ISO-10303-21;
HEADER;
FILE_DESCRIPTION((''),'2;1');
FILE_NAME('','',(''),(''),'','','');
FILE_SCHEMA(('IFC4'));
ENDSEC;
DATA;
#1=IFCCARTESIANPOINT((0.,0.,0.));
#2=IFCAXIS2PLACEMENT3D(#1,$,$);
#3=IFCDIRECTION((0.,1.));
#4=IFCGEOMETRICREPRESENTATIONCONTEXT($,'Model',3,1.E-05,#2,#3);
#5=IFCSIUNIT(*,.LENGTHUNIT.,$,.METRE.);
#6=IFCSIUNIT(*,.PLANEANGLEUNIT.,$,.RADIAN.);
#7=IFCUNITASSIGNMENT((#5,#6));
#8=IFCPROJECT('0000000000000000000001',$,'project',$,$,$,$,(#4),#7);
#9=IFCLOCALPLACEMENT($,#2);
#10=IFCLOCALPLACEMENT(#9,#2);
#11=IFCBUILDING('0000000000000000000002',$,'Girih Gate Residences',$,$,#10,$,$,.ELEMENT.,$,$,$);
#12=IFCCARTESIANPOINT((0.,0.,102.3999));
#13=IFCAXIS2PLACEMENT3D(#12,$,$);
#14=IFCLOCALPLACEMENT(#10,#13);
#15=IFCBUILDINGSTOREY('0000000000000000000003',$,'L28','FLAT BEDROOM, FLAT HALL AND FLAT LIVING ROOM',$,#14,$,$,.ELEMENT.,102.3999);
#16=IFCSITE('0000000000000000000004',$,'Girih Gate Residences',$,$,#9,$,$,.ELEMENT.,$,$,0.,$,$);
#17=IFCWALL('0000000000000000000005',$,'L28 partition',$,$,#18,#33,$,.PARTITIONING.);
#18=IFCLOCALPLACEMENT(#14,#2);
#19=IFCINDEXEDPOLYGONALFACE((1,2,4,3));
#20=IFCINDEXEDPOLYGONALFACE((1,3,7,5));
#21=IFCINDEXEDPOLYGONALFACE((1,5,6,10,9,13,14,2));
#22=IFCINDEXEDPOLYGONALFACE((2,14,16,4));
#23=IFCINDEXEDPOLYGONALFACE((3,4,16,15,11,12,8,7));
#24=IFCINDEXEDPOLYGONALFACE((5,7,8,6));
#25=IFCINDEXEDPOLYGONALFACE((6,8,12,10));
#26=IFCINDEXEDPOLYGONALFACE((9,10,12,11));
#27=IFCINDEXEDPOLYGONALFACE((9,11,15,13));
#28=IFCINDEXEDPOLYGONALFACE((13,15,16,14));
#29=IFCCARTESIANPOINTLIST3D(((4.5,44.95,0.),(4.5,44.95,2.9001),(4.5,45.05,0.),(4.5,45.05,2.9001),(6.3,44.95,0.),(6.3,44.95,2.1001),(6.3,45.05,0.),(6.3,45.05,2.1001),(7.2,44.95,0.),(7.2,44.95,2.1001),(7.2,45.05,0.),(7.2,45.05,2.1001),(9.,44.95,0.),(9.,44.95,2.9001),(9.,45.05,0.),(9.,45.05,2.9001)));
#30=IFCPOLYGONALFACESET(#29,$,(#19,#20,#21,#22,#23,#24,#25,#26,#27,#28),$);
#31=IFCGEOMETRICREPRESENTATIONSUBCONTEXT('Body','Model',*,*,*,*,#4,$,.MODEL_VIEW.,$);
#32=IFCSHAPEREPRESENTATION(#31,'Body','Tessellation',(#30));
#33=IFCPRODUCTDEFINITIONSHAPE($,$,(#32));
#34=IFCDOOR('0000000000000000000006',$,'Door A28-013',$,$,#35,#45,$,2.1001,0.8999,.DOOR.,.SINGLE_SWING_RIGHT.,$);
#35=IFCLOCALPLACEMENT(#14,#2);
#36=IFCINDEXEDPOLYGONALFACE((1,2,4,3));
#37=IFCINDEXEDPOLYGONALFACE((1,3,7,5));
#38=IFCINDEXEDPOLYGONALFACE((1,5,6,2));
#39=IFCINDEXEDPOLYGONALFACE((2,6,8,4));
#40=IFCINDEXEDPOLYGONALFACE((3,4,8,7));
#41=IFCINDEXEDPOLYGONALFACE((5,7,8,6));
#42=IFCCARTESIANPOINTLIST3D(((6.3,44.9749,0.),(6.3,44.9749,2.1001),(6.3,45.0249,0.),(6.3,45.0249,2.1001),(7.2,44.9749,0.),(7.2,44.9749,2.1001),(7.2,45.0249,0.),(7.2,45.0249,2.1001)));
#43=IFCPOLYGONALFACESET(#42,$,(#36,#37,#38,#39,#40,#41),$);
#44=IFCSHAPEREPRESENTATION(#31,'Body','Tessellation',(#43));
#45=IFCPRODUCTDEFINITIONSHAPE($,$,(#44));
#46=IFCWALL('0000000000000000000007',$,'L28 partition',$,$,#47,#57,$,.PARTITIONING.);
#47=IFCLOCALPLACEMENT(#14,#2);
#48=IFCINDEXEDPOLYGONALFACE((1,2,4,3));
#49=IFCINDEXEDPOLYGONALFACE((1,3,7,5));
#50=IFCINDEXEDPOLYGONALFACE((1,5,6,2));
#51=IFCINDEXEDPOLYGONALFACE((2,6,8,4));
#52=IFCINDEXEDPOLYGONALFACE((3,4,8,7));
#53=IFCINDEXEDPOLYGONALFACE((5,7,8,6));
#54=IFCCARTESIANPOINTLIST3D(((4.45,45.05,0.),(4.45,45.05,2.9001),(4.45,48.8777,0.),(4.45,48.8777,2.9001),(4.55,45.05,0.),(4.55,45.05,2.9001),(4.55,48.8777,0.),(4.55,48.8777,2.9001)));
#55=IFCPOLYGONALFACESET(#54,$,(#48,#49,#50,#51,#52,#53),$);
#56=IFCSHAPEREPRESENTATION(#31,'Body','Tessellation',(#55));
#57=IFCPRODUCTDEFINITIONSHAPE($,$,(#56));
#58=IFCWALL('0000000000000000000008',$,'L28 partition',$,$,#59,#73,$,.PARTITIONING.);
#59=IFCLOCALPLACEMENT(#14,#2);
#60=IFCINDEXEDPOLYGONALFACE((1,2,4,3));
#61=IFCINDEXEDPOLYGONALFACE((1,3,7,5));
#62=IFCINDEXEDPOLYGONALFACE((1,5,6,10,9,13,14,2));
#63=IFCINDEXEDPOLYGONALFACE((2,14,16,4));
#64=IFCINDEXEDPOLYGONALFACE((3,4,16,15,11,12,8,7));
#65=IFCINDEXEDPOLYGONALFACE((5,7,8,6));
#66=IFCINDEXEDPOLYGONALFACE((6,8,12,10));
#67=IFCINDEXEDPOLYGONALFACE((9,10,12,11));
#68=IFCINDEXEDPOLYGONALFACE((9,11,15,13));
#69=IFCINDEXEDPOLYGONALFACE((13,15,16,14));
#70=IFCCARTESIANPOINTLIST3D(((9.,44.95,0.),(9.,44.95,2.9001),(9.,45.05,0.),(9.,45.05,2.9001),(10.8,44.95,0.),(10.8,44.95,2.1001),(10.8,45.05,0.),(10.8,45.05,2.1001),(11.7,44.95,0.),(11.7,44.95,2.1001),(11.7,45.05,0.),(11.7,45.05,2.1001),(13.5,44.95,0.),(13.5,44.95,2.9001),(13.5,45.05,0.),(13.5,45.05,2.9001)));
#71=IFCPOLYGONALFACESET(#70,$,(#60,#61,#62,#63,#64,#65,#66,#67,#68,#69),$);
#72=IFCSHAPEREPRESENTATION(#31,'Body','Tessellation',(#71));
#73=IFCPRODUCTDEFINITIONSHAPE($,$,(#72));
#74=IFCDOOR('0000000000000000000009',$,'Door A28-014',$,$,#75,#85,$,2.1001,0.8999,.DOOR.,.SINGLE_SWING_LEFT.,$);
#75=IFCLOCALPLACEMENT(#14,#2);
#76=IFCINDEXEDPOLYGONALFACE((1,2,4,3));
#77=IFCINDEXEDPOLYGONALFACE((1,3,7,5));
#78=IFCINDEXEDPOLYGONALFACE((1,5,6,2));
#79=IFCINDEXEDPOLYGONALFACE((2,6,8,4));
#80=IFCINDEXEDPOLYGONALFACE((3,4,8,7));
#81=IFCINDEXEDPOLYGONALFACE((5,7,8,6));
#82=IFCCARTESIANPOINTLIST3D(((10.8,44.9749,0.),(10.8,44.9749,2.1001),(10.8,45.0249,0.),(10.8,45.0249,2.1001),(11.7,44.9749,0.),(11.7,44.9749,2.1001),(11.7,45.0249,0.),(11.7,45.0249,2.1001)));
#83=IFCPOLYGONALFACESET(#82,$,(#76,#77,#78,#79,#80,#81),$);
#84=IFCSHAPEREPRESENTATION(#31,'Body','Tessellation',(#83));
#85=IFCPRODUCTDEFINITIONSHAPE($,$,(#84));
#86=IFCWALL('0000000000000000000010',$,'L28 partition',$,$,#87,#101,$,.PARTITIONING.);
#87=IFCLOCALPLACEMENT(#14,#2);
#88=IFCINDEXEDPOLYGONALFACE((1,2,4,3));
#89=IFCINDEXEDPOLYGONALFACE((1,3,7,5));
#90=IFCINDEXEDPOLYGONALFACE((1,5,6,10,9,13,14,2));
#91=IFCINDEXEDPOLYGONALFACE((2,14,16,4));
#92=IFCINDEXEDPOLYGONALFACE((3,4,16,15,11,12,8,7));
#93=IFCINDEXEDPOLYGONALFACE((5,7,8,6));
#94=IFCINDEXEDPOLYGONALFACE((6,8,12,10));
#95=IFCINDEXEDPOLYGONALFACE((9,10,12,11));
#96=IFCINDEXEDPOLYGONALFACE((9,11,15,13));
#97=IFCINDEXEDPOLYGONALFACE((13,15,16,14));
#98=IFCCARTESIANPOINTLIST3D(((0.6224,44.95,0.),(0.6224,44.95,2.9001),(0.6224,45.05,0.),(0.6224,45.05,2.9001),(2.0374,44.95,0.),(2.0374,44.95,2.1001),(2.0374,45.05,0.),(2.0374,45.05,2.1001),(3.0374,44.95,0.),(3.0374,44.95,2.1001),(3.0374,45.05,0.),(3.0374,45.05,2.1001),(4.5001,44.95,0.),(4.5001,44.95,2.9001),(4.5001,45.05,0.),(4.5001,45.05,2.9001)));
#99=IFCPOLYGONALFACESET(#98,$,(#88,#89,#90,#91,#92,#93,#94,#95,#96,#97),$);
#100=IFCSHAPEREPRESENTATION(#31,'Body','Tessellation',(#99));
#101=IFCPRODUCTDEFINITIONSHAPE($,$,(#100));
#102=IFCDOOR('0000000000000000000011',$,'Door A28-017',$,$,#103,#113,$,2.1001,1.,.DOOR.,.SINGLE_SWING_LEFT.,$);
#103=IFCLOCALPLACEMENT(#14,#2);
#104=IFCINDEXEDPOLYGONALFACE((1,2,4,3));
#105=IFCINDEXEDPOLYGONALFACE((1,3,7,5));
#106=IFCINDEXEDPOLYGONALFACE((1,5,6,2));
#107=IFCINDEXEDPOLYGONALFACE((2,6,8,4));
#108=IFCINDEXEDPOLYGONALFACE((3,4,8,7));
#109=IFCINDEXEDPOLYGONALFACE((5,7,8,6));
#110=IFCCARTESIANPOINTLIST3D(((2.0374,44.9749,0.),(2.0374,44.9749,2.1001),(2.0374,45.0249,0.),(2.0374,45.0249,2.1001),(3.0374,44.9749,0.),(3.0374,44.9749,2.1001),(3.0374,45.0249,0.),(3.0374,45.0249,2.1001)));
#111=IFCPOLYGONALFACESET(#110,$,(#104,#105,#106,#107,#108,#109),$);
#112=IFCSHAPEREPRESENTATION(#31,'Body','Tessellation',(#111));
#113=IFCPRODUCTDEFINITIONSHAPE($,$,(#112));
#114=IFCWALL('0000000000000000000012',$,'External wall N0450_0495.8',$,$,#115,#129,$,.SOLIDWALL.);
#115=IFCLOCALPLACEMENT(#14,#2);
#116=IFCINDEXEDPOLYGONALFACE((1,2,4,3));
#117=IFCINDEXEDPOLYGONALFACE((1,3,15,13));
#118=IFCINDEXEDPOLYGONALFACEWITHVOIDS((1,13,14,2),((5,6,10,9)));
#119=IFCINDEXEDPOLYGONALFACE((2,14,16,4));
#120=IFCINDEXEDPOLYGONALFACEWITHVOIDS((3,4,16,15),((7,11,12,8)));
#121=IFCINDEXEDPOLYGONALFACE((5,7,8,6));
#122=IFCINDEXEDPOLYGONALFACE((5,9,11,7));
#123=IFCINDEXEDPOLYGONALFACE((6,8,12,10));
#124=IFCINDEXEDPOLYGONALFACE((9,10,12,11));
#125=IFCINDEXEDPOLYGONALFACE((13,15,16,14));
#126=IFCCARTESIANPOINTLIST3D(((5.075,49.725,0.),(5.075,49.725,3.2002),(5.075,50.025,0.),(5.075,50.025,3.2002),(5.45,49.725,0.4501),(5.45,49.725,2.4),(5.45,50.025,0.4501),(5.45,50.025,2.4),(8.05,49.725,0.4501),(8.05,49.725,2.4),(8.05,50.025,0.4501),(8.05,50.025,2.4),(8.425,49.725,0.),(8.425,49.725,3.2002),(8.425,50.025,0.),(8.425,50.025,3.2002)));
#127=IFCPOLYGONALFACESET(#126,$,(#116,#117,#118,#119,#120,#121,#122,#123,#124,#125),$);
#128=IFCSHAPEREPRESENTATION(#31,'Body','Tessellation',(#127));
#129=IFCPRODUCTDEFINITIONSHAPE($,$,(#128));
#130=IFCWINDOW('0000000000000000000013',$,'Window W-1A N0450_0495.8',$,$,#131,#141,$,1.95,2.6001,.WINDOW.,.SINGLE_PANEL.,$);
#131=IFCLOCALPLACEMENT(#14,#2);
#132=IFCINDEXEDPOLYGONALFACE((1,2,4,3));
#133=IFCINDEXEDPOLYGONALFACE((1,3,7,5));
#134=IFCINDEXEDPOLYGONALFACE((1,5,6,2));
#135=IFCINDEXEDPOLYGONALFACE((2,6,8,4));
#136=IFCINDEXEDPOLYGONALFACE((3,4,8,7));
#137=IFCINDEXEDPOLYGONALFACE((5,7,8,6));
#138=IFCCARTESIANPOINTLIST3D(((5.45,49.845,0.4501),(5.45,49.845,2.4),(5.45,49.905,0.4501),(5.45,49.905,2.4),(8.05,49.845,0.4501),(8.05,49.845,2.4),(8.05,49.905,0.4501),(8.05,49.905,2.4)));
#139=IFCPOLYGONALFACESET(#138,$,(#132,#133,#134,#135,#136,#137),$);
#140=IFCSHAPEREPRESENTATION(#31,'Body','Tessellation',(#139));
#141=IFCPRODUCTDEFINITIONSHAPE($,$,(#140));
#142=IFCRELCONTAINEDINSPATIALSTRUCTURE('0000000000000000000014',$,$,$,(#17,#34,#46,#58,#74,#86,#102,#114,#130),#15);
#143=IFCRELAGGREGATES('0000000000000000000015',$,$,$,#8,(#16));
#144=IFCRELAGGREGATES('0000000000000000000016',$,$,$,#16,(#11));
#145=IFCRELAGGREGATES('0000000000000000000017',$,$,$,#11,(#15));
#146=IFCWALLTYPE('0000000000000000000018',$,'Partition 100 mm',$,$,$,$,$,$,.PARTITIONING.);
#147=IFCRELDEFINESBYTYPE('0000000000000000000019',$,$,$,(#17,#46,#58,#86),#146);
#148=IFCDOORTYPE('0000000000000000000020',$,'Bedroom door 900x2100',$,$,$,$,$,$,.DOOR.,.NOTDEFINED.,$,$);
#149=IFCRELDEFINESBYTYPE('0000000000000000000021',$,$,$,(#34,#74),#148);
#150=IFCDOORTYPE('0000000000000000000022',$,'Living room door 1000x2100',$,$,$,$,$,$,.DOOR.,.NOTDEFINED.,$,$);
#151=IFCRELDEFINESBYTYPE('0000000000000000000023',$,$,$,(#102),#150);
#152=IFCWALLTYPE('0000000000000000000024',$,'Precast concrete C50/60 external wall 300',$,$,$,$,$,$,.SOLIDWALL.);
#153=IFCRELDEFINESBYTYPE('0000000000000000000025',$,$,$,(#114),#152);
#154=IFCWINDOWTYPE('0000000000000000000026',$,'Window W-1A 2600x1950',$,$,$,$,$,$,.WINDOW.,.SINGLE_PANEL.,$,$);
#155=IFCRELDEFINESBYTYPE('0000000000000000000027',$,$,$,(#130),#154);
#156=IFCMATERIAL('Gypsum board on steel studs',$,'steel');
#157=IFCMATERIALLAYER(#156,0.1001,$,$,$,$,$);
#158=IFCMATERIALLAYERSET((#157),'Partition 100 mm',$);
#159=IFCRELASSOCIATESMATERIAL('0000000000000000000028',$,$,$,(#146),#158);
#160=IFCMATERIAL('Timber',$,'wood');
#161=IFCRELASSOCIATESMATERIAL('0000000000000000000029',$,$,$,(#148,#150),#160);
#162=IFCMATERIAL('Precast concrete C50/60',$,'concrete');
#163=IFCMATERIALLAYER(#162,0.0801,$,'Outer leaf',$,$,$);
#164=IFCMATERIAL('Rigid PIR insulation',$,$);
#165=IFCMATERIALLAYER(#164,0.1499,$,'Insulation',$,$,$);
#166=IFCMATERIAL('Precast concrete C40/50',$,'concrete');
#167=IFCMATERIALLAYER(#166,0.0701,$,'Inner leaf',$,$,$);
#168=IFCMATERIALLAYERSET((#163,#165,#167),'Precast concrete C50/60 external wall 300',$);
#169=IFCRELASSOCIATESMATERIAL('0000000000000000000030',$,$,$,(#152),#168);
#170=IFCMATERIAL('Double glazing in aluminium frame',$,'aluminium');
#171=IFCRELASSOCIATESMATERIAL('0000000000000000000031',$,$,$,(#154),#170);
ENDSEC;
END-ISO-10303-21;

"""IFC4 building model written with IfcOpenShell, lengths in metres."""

from ifc_helpers import new_model, si_unit, direction, frame, frame_2d, origin, place, context, subcontext, project, spatial, rectangle, extrude, material, layer, layer_set, type_object, element, fill, save


model = new_model("IFC4")

# Units and contexts
model_context = context("Model", 3, precision=1e-05, world=origin(), true_north=direction((0.0, 1.0)))
body_context = subcontext(model_context, "Body", "Model", "MODEL_VIEW")
ifc_project = project(units=[si_unit("LENGTHUNIT", "METRE"), si_unit("PLANEANGLEUNIT", "RADIAN")], contexts=[model_context])

# Site, building, storey
site_placement = place(None, origin())
site = spatial("IfcSite", under=ifc_project, at=site_placement, Name="Girih Gate Residences", CompositionType="ELEMENT", RefElevation=0.0)
building_placement = place(site_placement, origin())
building = spatial("IfcBuilding", under=site, at=building_placement, Name="Girih Gate Residences", CompositionType="ELEMENT")
storey_placement = place(building_placement, frame((0.0, 0.0, 102.3999)))
storey = spatial("IfcBuildingStorey", under=building, at=storey_placement, Name="L28", Description="FLAT BEDROOM, FLAT HALL AND FLAT LIVING ROOM", CompositionType="ELEMENT", Elevation=102.3999)

# Shared definitions
ifc_material_1 = material(Name="Gypsum board on steel studs", Category="steel")

# Shared definitions
ifc_layer_1 = layer(ifc_material_1, 0.1001)
ifc_layer_set_1 = layer_set([ifc_layer_1], Name="Partition 100 mm")
wall_type_1 = type_object("IfcWallType", Name="Partition 100 mm", PredefinedType="PARTITIONING", material=ifc_layer_set_1)

# Wall, opening, door
wall_1_placement = place(storey_placement, frame((4.5, 45.0, 0.0), z_axis=(0.0, 0.0, 1.0), x_axis=(1.0, 0.0, 0.0)))
wall_1 = element("IfcWall", 1, at=wall_1_placement, inside=storey, type_object=wall_type_1, Name="L28 partition", PredefinedType="PARTITIONING", context=body_context, shape_type="SweptSolid", body=[
    extrude(rectangle(XDim=4.5, YDim=0.1001, at=frame_2d((2.25, 0.0))), origin(), (0.0, 0.0, 1.0), 2.9001),
])
opening_1_placement = place(wall_1_placement, frame((1.8, 0.0, 0.0)))
opening_1 = element("IfcOpeningElement", 2, at=opening_1_placement, cuts=wall_1, PredefinedType="OPENING", context=body_context, shape_type="SweptSolid", body=[
    extrude(rectangle(XDim=0.8999, YDim=2.1001, at=frame_2d((0.45, 1.05))), frame((0.0, 0.0601, 0.0), z_axis=(0.0, -1.0, 0.0), x_axis=(1.0, 0.0, 0.0)), (0.0, 0.0, 1.0), 0.1201),
])
ifc_material_2 = material(Name="Timber", Category="wood")
door_type_1 = type_object("IfcDoorType", Name="Bedroom door 900x2100", OperationType="NOTDEFINED", PredefinedType="DOOR", material=ifc_material_2)
door_1_placement = place(opening_1_placement, origin())
door_1 = element("IfcDoor", 3, at=door_1_placement, inside=storey, type_object=door_type_1, Name="Door A28-013", OperationType="SINGLE_SWING_RIGHT", OverallHeight=2.1001, OverallWidth=0.8999, PredefinedType="DOOR", context=body_context, shape_type="SweptSolid", body=[
    extrude(rectangle(XDim=0.8999, YDim=2.1001, at=frame_2d((0.45, 1.05))), frame((0.0, 0.0249, 0.0), z_axis=(0.0, -1.0, 0.0), x_axis=(1.0, 0.0, 0.0)), (0.0, 0.0, 1.0), 0.05),
])
fill(opening_1, door_1)

# Wall
wall_2_placement = place(storey_placement, frame((4.5, 45.05, 0.0), z_axis=(0.0, 0.0, 1.0), x_axis=(0.0, 1.0, 0.0)))
element("IfcWall", 4, at=wall_2_placement, inside=storey, type_object=wall_type_1, Name="L28 partition", PredefinedType="PARTITIONING", context=body_context, shape_type="SweptSolid", body=[
    extrude(rectangle(XDim=3.8276, YDim=0.1001, at=frame_2d((1.9138, 0.0))), origin(), (0.0, 0.0, 1.0), 2.9001),
])

# Walls, openings, doors
wall_3_placement = place(storey_placement, frame((9.0, 45.0, 0.0), z_axis=(0.0, 0.0, 1.0), x_axis=(1.0, 0.0, 0.0)))
wall_3 = element("IfcWall", 5, at=wall_3_placement, inside=storey, type_object=wall_type_1, Name="L28 partition", PredefinedType="PARTITIONING", context=body_context, shape_type="SweptSolid", body=[
    extrude(rectangle(XDim=4.5, YDim=0.1001, at=frame_2d((2.25, 0.0))), origin(), (0.0, 0.0, 1.0), 2.9001),
])
opening_2_placement = place(wall_3_placement, frame((1.8, 0.0, 0.0)))
opening_2 = element("IfcOpeningElement", 6, at=opening_2_placement, cuts=wall_3, PredefinedType="OPENING", context=body_context, shape_type="SweptSolid", body=[
    extrude(rectangle(XDim=0.8999, YDim=2.1001, at=frame_2d((0.45, 1.05))), frame((0.0, 0.0601, 0.0), z_axis=(0.0, -1.0, 0.0), x_axis=(1.0, 0.0, 0.0)), (0.0, 0.0, 1.0), 0.1201),
])
door_2_placement = place(opening_2_placement, origin())
door_2 = element("IfcDoor", 7, at=door_2_placement, inside=storey, type_object=door_type_1, Name="Door A28-014", OperationType="SINGLE_SWING_LEFT", OverallHeight=2.1001, OverallWidth=0.8999, PredefinedType="DOOR", context=body_context, shape_type="SweptSolid", body=[
    extrude(rectangle(XDim=0.8999, YDim=2.1001, at=frame_2d((0.45, 1.05))), frame((0.0, 0.0249, 0.0), z_axis=(0.0, -1.0, 0.0), x_axis=(1.0, 0.0, 0.0)), (0.0, 0.0, 1.0), 0.05),
])
fill(opening_2, door_2)
wall_4_placement = place(storey_placement, frame((0.6223, 45.0, 0.0), z_axis=(0.0, 0.0, 1.0), x_axis=(1.0, 0.0, 0.0)))
wall_4 = element("IfcWall", 8, at=wall_4_placement, inside=storey, type_object=wall_type_1, Name="L28 partition", PredefinedType="PARTITIONING", context=body_context, shape_type="SweptSolid", body=[
    extrude(rectangle(XDim=3.8777, YDim=0.1001, at=frame_2d((1.939, 0.0))), origin(), (0.0, 0.0, 1.0), 2.9001),
])
opening_3_placement = place(wall_4_placement, frame((1.415, 0.0, 0.0)))
opening_3 = element("IfcOpeningElement", 9, at=opening_3_placement, cuts=wall_4, PredefinedType="OPENING", context=body_context, shape_type="SweptSolid", body=[
    extrude(rectangle(XDim=1.0, YDim=2.1001, at=frame_2d((0.5, 1.05))), frame((0.0, 0.0601, 0.0), z_axis=(0.0, -1.0, 0.0), x_axis=(1.0, 0.0, 0.0)), (0.0, 0.0, 1.0), 0.1201),
])
door_type_2 = type_object("IfcDoorType", Name="Living room door 1000x2100", OperationType="NOTDEFINED", PredefinedType="DOOR", material=ifc_material_2)
door_3_placement = place(opening_3_placement, origin())
door_3 = element("IfcDoor", 10, at=door_3_placement, inside=storey, type_object=door_type_2, Name="Door A28-017", OperationType="SINGLE_SWING_LEFT", OverallHeight=2.1001, OverallWidth=1.0, PredefinedType="DOOR", context=body_context, shape_type="SweptSolid", body=[
    extrude(rectangle(XDim=1.0, YDim=2.1001, at=frame_2d((0.5, 1.05))), frame((0.0, 0.0249, 0.0), z_axis=(0.0, -1.0, 0.0), x_axis=(1.0, 0.0, 0.0)), (0.0, 0.0, 1.0), 0.05),
])
fill(opening_3, door_3)

# Wall, opening, window
ifc_material_3 = material(Name="Precast concrete C50/60", Category="concrete")
ifc_layer_2 = layer(ifc_material_3, 0.0801, Name="Outer leaf")
ifc_material_4 = material(Name="Rigid PIR insulation")
ifc_layer_3 = layer(ifc_material_4, 0.1499, Name="Insulation")
ifc_material_5 = material(Name="Precast concrete C40/50", Category="concrete")
ifc_layer_4 = layer(ifc_material_5, 0.0701, Name="Inner leaf")
ifc_layer_set_2 = layer_set([ifc_layer_2, ifc_layer_3, ifc_layer_4], Name="Precast concrete C50/60 external wall 300")
wall_type_2 = type_object("IfcWallType", Name="Precast concrete C50/60 external wall 300", PredefinedType="SOLIDWALL", material=ifc_layer_set_2)
wall_5_placement = place(storey_placement, frame((5.075, 49.875, 0.0), z_axis=(0.0, 0.0, 1.0), x_axis=(1.0, 0.0, 0.0)))
wall_5 = element("IfcWall", 11, at=wall_5_placement, inside=storey, type_object=wall_type_2, Name="External wall N0450_0495.8", PredefinedType="SOLIDWALL", context=body_context, shape_type="SweptSolid", body=[
    extrude(rectangle(XDim=3.3501, YDim=0.3, at=frame_2d((1.675, 0.0))), origin(), (0.0, 0.0, 1.0), 3.2002),
])
opening_4_placement = place(wall_5_placement, frame((0.375, 0.0, 0.45)))
opening_4 = element("IfcOpeningElement", 12, at=opening_4_placement, cuts=wall_5, PredefinedType="OPENING", context=body_context, shape_type="SweptSolid", body=[
    extrude(rectangle(XDim=2.6001, YDim=1.95, at=frame_2d((1.3, 0.9751))), frame((0.0, 0.1599, 0.0), z_axis=(0.0, -1.0, 0.0), x_axis=(1.0, 0.0, 0.0)), (0.0, 0.0, 1.0), 0.3201),
])
ifc_material_6 = material(Name="Double glazing in aluminium frame", Category="aluminium")
window_type_1 = type_object("IfcWindowType", Name="Window W-1A 2600x1950", PartitioningType="SINGLE_PANEL", PredefinedType="WINDOW", material=ifc_material_6)
window_1_placement = place(opening_4_placement, origin())
window_1 = element("IfcWindow", 13, at=window_1_placement, inside=storey, type_object=window_type_1, Name="Window W-1A N0450_0495.8", OverallHeight=1.95, OverallWidth=2.6001, PartitioningType="SINGLE_PANEL", PredefinedType="WINDOW", context=body_context, shape_type="SweptSolid", body=[
    extrude(rectangle(XDim=2.6001, YDim=1.95, at=frame_2d((1.3, 0.9751))), frame((0.0, 0.03, 0.0), z_axis=(0.0, -1.0, 0.0), x_axis=(1.0, 0.0, 0.0)), (0.0, 0.0, 1.0), 0.0601),
])
fill(opening_4, window_1)

save(model, "model.ifc")
